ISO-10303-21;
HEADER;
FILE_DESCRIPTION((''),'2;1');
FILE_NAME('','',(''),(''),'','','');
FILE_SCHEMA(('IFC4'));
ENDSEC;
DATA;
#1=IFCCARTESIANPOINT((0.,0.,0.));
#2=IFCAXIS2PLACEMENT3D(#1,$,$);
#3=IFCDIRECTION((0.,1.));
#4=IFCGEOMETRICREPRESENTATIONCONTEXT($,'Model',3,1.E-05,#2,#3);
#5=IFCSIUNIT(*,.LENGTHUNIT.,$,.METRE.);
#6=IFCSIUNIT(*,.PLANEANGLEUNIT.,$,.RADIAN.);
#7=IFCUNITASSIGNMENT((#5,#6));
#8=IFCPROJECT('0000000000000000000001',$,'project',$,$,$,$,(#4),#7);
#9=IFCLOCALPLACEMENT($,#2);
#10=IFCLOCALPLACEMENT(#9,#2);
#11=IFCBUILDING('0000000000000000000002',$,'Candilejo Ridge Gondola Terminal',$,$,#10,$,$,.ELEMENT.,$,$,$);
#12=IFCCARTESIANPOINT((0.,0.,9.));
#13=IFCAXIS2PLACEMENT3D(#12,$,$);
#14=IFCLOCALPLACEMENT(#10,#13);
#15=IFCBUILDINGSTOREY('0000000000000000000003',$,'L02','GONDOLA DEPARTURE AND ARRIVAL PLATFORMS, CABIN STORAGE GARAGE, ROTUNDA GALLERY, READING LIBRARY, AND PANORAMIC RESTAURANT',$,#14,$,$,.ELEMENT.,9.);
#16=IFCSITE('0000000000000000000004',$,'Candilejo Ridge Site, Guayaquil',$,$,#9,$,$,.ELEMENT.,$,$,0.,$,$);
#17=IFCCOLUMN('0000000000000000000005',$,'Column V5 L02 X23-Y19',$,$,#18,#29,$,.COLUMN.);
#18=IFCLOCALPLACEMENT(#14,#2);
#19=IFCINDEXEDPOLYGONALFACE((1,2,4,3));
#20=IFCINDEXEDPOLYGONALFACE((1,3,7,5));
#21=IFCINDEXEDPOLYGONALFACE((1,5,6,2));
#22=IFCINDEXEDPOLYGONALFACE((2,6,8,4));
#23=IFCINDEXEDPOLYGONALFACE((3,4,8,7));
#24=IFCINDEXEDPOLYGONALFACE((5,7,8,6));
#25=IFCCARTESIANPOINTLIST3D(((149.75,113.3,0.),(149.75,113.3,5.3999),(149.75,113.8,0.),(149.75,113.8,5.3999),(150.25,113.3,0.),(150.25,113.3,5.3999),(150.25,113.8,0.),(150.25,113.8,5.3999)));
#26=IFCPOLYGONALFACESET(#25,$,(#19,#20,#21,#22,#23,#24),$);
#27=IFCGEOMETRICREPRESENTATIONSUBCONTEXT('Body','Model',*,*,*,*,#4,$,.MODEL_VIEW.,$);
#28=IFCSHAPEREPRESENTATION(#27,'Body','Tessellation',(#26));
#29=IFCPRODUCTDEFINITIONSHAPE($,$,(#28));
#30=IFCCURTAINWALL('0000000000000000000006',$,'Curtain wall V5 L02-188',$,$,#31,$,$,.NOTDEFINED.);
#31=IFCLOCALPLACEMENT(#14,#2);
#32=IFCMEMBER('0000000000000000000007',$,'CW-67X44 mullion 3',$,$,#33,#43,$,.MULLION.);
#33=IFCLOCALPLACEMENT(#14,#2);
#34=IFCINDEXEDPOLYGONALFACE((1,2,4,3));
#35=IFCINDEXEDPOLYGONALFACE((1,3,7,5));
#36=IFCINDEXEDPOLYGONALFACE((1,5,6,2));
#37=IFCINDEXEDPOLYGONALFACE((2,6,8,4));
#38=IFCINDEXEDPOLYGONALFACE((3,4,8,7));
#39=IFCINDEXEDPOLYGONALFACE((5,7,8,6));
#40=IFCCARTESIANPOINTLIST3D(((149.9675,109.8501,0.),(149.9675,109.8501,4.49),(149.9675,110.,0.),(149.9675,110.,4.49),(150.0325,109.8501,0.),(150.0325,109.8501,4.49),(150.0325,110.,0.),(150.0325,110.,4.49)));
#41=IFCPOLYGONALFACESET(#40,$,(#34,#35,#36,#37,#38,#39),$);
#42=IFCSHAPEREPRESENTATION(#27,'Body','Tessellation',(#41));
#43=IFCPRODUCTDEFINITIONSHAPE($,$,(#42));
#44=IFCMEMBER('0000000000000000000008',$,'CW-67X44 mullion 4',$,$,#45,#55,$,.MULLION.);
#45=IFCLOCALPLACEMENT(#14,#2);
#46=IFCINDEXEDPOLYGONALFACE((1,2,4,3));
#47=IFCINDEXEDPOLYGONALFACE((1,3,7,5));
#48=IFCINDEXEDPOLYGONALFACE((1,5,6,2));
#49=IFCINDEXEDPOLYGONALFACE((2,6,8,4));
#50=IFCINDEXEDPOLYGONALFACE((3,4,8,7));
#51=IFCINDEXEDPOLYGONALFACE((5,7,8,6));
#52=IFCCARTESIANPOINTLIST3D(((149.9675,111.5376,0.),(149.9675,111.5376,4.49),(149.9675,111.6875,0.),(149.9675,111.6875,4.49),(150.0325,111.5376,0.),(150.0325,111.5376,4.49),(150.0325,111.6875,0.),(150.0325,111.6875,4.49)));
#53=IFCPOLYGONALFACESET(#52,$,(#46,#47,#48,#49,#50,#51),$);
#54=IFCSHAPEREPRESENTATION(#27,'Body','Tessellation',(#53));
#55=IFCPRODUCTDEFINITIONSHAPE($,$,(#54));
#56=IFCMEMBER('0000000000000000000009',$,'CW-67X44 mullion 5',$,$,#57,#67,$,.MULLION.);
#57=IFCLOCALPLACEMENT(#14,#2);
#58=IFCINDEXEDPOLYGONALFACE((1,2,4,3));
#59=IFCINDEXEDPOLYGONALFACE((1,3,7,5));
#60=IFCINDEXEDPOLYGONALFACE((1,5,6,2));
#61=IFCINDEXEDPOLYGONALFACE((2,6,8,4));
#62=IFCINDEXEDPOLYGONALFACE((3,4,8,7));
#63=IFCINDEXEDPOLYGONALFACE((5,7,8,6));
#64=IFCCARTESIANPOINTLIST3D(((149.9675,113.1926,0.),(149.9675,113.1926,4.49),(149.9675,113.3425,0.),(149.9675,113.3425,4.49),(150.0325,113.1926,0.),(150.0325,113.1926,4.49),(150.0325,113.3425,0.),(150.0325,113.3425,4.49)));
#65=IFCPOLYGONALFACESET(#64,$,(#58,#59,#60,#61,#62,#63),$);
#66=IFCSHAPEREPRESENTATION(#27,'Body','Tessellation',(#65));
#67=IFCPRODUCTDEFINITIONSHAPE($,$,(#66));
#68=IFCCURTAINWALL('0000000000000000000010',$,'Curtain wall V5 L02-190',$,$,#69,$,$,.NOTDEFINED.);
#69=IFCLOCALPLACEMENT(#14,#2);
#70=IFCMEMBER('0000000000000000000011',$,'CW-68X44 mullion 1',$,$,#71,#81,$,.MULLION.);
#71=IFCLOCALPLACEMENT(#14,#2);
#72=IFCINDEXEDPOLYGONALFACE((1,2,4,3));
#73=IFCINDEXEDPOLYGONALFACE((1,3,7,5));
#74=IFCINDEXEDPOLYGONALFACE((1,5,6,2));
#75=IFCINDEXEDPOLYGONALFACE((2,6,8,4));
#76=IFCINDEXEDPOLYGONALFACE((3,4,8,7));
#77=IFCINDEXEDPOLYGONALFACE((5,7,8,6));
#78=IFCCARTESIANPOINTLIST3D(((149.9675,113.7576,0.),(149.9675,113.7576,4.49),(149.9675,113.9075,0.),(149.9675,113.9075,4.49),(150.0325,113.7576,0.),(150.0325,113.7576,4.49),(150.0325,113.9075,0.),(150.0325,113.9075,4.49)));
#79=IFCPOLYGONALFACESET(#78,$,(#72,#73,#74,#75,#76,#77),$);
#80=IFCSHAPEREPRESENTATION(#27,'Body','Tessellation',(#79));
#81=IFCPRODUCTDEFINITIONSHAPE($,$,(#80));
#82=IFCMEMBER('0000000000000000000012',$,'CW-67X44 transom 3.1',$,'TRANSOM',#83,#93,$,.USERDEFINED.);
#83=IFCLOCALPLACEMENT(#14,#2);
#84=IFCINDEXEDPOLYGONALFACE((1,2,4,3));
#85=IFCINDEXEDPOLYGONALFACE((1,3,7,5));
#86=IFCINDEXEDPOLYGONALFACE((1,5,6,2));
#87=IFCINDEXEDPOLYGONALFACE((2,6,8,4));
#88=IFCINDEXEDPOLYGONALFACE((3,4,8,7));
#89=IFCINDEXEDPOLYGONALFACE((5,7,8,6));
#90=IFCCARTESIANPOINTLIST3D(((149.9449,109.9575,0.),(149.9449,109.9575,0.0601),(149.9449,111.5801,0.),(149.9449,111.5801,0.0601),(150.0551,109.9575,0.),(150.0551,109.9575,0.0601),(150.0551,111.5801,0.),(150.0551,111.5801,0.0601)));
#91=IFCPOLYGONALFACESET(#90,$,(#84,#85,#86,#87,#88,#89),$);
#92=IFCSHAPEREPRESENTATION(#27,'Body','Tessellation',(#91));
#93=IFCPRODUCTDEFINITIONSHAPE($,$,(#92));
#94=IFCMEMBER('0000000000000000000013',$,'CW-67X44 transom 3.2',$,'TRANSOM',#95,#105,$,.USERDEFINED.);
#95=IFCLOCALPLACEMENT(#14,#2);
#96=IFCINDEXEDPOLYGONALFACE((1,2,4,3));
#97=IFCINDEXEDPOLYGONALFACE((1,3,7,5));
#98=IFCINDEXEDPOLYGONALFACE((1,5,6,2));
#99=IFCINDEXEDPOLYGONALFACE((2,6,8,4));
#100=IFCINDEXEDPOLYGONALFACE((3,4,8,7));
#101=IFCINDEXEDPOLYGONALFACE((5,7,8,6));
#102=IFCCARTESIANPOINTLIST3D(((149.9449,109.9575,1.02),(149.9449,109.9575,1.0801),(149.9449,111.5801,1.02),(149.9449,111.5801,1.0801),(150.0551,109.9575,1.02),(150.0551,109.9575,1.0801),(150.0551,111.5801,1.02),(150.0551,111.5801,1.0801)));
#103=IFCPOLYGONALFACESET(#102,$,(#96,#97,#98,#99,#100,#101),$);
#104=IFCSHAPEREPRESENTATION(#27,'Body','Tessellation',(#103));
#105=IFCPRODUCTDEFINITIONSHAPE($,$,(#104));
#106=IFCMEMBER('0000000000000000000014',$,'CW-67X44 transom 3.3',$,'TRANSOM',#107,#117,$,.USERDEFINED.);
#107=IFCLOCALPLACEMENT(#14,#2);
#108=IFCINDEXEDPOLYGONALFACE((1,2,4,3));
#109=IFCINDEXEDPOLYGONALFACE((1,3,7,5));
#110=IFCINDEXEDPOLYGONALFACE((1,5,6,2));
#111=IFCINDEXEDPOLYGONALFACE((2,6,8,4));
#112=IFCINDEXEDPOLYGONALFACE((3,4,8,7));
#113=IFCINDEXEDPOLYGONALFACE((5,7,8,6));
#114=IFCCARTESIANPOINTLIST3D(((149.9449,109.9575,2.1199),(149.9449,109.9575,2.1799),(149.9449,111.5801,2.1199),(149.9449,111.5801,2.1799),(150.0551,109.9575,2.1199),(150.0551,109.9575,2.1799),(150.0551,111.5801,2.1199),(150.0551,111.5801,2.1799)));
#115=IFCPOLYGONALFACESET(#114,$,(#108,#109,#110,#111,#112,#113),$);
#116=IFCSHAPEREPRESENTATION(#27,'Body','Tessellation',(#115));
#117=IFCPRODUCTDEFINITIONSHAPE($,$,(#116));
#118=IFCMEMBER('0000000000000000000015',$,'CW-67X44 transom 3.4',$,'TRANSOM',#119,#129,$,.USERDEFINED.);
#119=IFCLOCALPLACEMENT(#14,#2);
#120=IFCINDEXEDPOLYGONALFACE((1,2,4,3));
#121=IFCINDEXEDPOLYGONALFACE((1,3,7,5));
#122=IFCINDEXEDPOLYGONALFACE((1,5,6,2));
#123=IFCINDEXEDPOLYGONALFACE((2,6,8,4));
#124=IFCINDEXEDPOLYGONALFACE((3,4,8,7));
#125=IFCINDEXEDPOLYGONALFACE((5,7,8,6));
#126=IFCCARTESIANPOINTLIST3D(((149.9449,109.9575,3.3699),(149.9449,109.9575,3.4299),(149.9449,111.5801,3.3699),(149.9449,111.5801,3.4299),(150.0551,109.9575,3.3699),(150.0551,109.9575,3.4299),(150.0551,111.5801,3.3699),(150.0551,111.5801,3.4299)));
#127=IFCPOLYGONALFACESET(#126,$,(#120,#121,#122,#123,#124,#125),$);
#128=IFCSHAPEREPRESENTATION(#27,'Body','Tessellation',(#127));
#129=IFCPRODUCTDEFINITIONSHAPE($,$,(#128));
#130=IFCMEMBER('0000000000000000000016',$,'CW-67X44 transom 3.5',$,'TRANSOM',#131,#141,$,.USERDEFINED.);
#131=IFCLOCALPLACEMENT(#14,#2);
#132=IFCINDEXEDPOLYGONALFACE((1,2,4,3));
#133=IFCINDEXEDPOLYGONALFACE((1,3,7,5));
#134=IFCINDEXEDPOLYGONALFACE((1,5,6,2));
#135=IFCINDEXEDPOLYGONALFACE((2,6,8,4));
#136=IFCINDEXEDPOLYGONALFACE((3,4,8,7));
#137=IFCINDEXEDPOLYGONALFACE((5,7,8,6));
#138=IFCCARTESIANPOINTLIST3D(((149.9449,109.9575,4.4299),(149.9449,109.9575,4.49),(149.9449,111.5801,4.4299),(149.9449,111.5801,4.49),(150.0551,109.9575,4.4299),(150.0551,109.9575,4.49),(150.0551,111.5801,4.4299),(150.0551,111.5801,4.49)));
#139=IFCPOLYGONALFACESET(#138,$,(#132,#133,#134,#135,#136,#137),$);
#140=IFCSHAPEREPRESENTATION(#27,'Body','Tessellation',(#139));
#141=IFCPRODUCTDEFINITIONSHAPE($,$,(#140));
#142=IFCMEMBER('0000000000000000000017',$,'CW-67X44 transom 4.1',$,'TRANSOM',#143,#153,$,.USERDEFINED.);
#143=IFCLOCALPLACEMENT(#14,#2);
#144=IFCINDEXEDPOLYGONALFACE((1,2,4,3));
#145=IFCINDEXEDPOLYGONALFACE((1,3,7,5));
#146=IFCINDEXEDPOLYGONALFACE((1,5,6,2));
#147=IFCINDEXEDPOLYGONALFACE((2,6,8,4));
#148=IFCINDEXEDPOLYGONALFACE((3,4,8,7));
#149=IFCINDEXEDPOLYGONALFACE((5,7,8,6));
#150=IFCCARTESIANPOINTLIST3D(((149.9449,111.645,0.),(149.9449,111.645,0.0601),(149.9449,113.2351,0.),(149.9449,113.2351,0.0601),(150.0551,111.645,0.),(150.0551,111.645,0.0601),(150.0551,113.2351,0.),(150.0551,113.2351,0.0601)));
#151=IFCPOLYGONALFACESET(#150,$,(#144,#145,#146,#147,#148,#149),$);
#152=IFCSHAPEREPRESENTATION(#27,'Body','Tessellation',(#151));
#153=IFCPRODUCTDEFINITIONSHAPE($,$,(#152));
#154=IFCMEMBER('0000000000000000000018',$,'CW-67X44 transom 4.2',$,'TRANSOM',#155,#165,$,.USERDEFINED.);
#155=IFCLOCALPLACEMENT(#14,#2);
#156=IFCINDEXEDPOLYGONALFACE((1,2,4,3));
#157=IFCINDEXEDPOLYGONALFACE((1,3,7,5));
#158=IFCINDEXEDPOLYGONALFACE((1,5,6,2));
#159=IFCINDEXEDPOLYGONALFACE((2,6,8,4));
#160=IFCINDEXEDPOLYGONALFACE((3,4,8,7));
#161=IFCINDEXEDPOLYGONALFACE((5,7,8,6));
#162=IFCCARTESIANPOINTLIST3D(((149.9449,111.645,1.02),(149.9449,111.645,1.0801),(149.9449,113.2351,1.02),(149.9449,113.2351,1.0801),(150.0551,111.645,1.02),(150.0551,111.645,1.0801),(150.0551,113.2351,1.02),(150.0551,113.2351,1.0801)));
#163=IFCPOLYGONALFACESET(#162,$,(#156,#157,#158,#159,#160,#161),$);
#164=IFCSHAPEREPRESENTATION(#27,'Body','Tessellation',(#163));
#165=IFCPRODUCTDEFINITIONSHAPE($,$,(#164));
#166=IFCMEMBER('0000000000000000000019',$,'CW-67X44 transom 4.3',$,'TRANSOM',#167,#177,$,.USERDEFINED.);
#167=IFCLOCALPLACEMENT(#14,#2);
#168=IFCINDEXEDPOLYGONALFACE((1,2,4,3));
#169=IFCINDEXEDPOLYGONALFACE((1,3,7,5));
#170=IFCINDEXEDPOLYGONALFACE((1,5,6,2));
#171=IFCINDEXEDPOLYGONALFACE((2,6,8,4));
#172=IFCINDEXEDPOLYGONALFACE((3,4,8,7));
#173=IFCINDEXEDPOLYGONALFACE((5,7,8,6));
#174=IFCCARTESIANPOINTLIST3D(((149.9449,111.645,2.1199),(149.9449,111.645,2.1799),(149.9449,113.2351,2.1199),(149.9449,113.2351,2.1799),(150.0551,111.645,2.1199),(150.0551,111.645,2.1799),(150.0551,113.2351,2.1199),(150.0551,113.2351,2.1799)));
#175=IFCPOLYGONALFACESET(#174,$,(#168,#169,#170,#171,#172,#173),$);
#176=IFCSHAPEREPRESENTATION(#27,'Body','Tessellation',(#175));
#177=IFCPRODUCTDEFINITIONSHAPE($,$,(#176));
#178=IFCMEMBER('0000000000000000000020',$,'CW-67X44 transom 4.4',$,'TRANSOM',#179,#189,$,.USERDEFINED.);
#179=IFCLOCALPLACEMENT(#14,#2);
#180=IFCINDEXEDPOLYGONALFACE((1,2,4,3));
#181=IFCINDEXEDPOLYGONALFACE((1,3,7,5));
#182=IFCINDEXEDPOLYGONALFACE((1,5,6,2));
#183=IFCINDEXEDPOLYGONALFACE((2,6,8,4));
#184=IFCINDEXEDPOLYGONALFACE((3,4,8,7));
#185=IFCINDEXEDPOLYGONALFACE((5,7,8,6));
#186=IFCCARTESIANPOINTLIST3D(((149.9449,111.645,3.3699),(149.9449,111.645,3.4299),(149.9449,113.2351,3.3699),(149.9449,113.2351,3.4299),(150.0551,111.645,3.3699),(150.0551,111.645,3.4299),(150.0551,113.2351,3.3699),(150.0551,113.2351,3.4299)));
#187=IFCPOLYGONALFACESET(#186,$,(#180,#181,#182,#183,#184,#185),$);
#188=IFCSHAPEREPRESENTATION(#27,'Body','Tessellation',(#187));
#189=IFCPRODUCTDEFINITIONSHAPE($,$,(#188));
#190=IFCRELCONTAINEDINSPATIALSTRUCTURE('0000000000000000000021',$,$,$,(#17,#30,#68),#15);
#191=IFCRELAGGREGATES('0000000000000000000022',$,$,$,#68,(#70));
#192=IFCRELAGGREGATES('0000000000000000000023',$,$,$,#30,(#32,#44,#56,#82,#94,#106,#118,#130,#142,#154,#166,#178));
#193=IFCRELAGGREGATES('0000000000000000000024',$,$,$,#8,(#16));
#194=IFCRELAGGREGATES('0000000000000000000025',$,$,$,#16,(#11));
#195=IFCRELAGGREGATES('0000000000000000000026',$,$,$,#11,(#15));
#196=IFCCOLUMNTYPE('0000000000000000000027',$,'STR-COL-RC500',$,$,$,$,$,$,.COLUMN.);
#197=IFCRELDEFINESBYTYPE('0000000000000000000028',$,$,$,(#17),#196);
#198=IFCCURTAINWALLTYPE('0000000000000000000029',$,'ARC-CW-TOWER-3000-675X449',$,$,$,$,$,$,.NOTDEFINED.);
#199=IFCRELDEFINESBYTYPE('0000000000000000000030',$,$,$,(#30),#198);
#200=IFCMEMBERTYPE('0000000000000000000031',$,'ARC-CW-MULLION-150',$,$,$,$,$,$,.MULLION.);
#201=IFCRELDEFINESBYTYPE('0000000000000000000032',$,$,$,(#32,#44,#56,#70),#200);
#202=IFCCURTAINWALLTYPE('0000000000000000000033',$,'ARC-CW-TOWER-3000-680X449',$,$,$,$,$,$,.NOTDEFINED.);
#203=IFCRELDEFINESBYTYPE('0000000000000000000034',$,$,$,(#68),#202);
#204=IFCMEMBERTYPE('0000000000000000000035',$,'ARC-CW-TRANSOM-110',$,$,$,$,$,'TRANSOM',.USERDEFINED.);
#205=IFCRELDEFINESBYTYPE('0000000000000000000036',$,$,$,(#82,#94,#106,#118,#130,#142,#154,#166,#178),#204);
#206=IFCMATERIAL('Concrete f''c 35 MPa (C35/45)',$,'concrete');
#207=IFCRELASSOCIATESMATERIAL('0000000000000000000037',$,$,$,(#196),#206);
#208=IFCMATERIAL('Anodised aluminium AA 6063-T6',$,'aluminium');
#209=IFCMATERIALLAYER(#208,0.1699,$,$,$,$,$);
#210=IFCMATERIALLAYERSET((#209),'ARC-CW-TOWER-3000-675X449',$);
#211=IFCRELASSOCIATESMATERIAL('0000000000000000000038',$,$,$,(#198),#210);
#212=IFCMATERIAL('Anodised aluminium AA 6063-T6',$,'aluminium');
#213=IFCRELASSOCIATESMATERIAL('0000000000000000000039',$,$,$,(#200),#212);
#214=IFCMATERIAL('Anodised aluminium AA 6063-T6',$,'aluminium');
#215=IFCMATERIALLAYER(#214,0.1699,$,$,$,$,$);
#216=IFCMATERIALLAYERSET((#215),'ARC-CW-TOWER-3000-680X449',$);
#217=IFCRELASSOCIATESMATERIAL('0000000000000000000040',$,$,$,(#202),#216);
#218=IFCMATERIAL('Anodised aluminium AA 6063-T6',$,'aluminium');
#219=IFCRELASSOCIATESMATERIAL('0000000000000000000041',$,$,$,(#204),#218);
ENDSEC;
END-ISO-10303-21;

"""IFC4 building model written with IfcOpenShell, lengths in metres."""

from ifc_helpers import new_model, si_unit, direction, frame, origin, origin_2d, place, context, subcontext, project, spatial, rectangle, extrude, material, layer, layer_set, material_profile, profile_set, type_object, element, aggregate, save


model = new_model("IFC4")

# Units and contexts
model_context = context("Model", 3, precision=1e-05, world=origin(), true_north=direction((0.0, 1.0)))
body_context = subcontext(model_context, "Body", "Model", "MODEL_VIEW")
ifc_project = project(units=[si_unit("LENGTHUNIT", "METRE"), si_unit("PLANEANGLEUNIT", "RADIAN")], contexts=[model_context])

# Site, building, storey
site_placement = place(None, origin())
site = spatial("IfcSite", under=ifc_project, at=site_placement, Name="Candilejo Ridge Site, Guayaquil", CompositionType="ELEMENT", RefElevation=0.0)
building_placement = place(site_placement, origin())
building = spatial("IfcBuilding", under=site, at=building_placement, Name="Candilejo Ridge Gondola Terminal", CompositionType="ELEMENT")
storey_placement = place(building_placement, frame((0.0, 0.0, 9.0)))
storey = spatial("IfcBuildingStorey", under=building, at=storey_placement, Name="L02", Description="GONDOLA DEPARTURE AND ARRIVAL PLATFORMS, CABIN STORAGE GARAGE, ROTUNDA GALLERY, READING LIBRARY, AND PANORAMIC RESTAURANT", CompositionType="ELEMENT", Elevation=9.0)

# Column
ifc_material_1 = material(Name="Concrete f'c 35 MPa (C35/45)", Category="concrete")
ifc_material_profile_1 = material_profile(ifc_material_1, rectangle(XDim=0.5, YDim=0.5, at=origin_2d()))
ifc_profile_set_1 = profile_set([ifc_material_profile_1], Name="Concrete f'c 35 MPa (C35/45)")
column_type = type_object("IfcColumnType", Name="STR-COL-RC500", PredefinedType="COLUMN", material=ifc_profile_set_1)
column_placement = place(storey_placement, frame((150.0, 113.55, 0.0), z_axis=(0.0, 0.0, 1.0), x_axis=(1.0, 0.0, 0.0)))
element("IfcColumn", 1, at=column_placement, inside=storey, type_object=column_type, Name="Column V5 L02 X23-Y19", PredefinedType="COLUMN", context=body_context, shape_type="SweptSolid", body=[
    extrude(rectangle(XDim=0.5, YDim=0.5, at=origin_2d()), origin(), (0.0, 0.0, 1.0), 5.3999),
])

# Curtain wall, members
ifc_material_2 = material(Name="Anodised aluminium AA 6063-T6", Category="aluminium")
ifc_layer_1 = layer(ifc_material_2, 0.1699)
ifc_layer_set_1 = layer_set([ifc_layer_1], Name="ARC-CW-TOWER-3000-675X449")
curtain_wall_type_1 = type_object("IfcCurtainWallType", Name="ARC-CW-TOWER-3000-675X449", PredefinedType="NOTDEFINED", material=ifc_layer_set_1)
curtain_wall_1_placement = place(storey_placement, origin())
curtain_wall_1 = element("IfcCurtainWall", 2, at=curtain_wall_1_placement, inside=storey, type_object=curtain_wall_type_1, Name="Curtain wall V5 L02-188", PredefinedType="NOTDEFINED")
ifc_material_3 = material(Name="Anodised aluminium AA 6063-T6", Category="aluminium")
ifc_material_profile_2 = material_profile(ifc_material_3, rectangle(XDim=0.0649, YDim=0.1499, at=origin_2d()))
ifc_profile_set_2 = profile_set([ifc_material_profile_2], Name="Anodised aluminium AA 6063-T6")
member_type_1 = type_object("IfcMemberType", Name="ARC-CW-MULLION-150", PredefinedType="MULLION", material=ifc_profile_set_2)
member_1_placement = place(storey_placement, frame((150.0, 109.925, 0.0), z_axis=(0.0, 0.0, 1.0), x_axis=(-1.0, 0.0, 0.0)))
member_1 = element("IfcMember", 3, at=member_1_placement, type_object=member_type_1, Name="CW-67X44 mullion 3", PredefinedType="MULLION", context=body_context, shape_type="SweptSolid", body=[
    extrude(rectangle(XDim=0.0649, YDim=0.1499, at=origin_2d()), origin(), (0.0, 0.0, 1.0), 4.49),
])
member_2_placement = place(storey_placement, frame((150.0, 111.6125, 0.0), z_axis=(0.0, 0.0, 1.0), x_axis=(-1.0, 0.0, 0.0)))
member_2 = element("IfcMember", 4, at=member_2_placement, type_object=member_type_1, Name="CW-67X44 mullion 4", PredefinedType="MULLION", context=body_context, shape_type="SweptSolid", body=[
    extrude(rectangle(XDim=0.0649, YDim=0.1499, at=origin_2d()), origin(), (0.0, 0.0, 1.0), 4.49),
])
member_3_placement = place(storey_placement, frame((150.0, 113.2676, 0.0), z_axis=(0.0, 0.0, 1.0), x_axis=(-1.0, 0.0, 0.0)))
member_3 = element("IfcMember", 5, at=member_3_placement, type_object=member_type_1, Name="CW-67X44 mullion 5", PredefinedType="MULLION", context=body_context, shape_type="SweptSolid", body=[
    extrude(rectangle(XDim=0.0649, YDim=0.1499, at=origin_2d()), origin(), (0.0, 0.0, 1.0), 4.49),
])

# Curtain wall, member
ifc_material_4 = material(Name="Anodised aluminium AA 6063-T6", Category="aluminium")
ifc_layer_2 = layer(ifc_material_4, 0.1699)
ifc_layer_set_2 = layer_set([ifc_layer_2], Name="ARC-CW-TOWER-3000-680X449")
curtain_wall_type_2 = type_object("IfcCurtainWallType", Name="ARC-CW-TOWER-3000-680X449", PredefinedType="NOTDEFINED", material=ifc_layer_set_2)
curtain_wall_2_placement = place(storey_placement, origin())
curtain_wall_2 = element("IfcCurtainWall", 6, at=curtain_wall_2_placement, inside=storey, type_object=curtain_wall_type_2, Name="Curtain wall V5 L02-190", PredefinedType="NOTDEFINED")
member_4_placement = place(storey_placement, frame((150.0, 113.8325, 0.0), z_axis=(0.0, 0.0, 1.0), x_axis=(-1.0, 0.0, 0.0)))
member_4 = element("IfcMember", 7, at=member_4_placement, type_object=member_type_1, Name="CW-68X44 mullion 1", PredefinedType="MULLION", context=body_context, shape_type="SweptSolid", body=[
    extrude(rectangle(XDim=0.0649, YDim=0.1499, at=origin_2d()), origin(), (0.0, 0.0, 1.0), 4.49),
])

# Members
ifc_material_5 = material(Name="Anodised aluminium AA 6063-T6", Category="aluminium")
ifc_material_profile_3 = material_profile(ifc_material_5, rectangle(XDim=0.1101, YDim=0.0601, at=origin_2d()))
ifc_profile_set_3 = profile_set([ifc_material_profile_3], Name="Anodised aluminium AA 6063-T6")
member_type_2 = type_object("IfcMemberType", Name="ARC-CW-TRANSOM-110", ElementType="TRANSOM", PredefinedType="USERDEFINED", material=ifc_profile_set_3)
member_5_placement = place(storey_placement, frame((150.0, 109.9575, 0.03), z_axis=(0.0, 1.0, 0.0), x_axis=(-1.0, 0.0, 0.0)))
member_5 = element("IfcMember", 8, at=member_5_placement, type_object=member_type_2, Name="CW-67X44 transom 3.1", ObjectType="TRANSOM", PredefinedType="USERDEFINED", context=body_context, shape_type="SweptSolid", body=[
    extrude(rectangle(XDim=0.1101, YDim=0.0601, at=origin_2d()), origin(), (0.0, 0.0, 1.0), 1.6226),
])
member_6_placement = place(storey_placement, frame((150.0, 109.9575, 1.05), z_axis=(0.0, 1.0, 0.0), x_axis=(-1.0, 0.0, 0.0)))
member_6 = element("IfcMember", 9, at=member_6_placement, type_object=member_type_2, Name="CW-67X44 transom 3.2", ObjectType="TRANSOM", PredefinedType="USERDEFINED", context=body_context, shape_type="SweptSolid", body=[
    extrude(rectangle(XDim=0.1101, YDim=0.0601, at=origin_2d()), origin(), (0.0, 0.0, 1.0), 1.6226),
])
member_7_placement = place(storey_placement, frame((150.0, 109.9575, 2.1499), z_axis=(0.0, 1.0, 0.0), x_axis=(-1.0, 0.0, 0.0)))
member_7 = element("IfcMember", 10, at=member_7_placement, type_object=member_type_2, Name="CW-67X44 transom 3.3", ObjectType="TRANSOM", PredefinedType="USERDEFINED", context=body_context, shape_type="SweptSolid", body=[
    extrude(rectangle(XDim=0.1101, YDim=0.0601, at=origin_2d()), origin(), (0.0, 0.0, 1.0), 1.6226),
])
member_8_placement = place(storey_placement, frame((150.0, 109.9575, 3.3999), z_axis=(0.0, 1.0, 0.0), x_axis=(-1.0, 0.0, 0.0)))
member_8 = element("IfcMember", 11, at=member_8_placement, type_object=member_type_2, Name="CW-67X44 transom 3.4", ObjectType="TRANSOM", PredefinedType="USERDEFINED", context=body_context, shape_type="SweptSolid", body=[
    extrude(rectangle(XDim=0.1101, YDim=0.0601, at=origin_2d()), origin(), (0.0, 0.0, 1.0), 1.6226),
])
member_9_placement = place(storey_placement, frame((150.0, 109.9575, 4.46), z_axis=(0.0, 1.0, 0.0), x_axis=(-1.0, 0.0, 0.0)))
member_9 = element("IfcMember", 12, at=member_9_placement, type_object=member_type_2, Name="CW-67X44 transom 3.5", ObjectType="TRANSOM", PredefinedType="USERDEFINED", context=body_context, shape_type="SweptSolid", body=[
    extrude(rectangle(XDim=0.1101, YDim=0.0601, at=origin_2d()), origin(), (0.0, 0.0, 1.0), 1.6226),
])
member_10_placement = place(storey_placement, frame((150.0, 111.645, 0.03), z_axis=(0.0, 1.0, 0.0), x_axis=(-1.0, 0.0, 0.0)))
member_10 = element("IfcMember", 13, at=member_10_placement, type_object=member_type_2, Name="CW-67X44 transom 4.1", ObjectType="TRANSOM", PredefinedType="USERDEFINED", context=body_context, shape_type="SweptSolid", body=[
    extrude(rectangle(XDim=0.1101, YDim=0.0601, at=origin_2d()), origin(), (0.0, 0.0, 1.0), 1.5901),
])
member_11_placement = place(storey_placement, frame((150.0, 111.645, 1.05), z_axis=(0.0, 1.0, 0.0), x_axis=(-1.0, 0.0, 0.0)))
member_11 = element("IfcMember", 14, at=member_11_placement, type_object=member_type_2, Name="CW-67X44 transom 4.2", ObjectType="TRANSOM", PredefinedType="USERDEFINED", context=body_context, shape_type="SweptSolid", body=[
    extrude(rectangle(XDim=0.1101, YDim=0.0601, at=origin_2d()), origin(), (0.0, 0.0, 1.0), 1.5901),
])
member_12_placement = place(storey_placement, frame((150.0, 111.645, 2.1499), z_axis=(0.0, 1.0, 0.0), x_axis=(-1.0, 0.0, 0.0)))
member_12 = element("IfcMember", 15, at=member_12_placement, type_object=member_type_2, Name="CW-67X44 transom 4.3", ObjectType="TRANSOM", PredefinedType="USERDEFINED", context=body_context, shape_type="SweptSolid", body=[
    extrude(rectangle(XDim=0.1101, YDim=0.0601, at=origin_2d()), origin(), (0.0, 0.0, 1.0), 1.5901),
])
member_13_placement = place(storey_placement, frame((150.0, 111.645, 3.3999), z_axis=(0.0, 1.0, 0.0), x_axis=(-1.0, 0.0, 0.0)))
member_13 = element("IfcMember", 16, at=member_13_placement, type_object=member_type_2, Name="CW-67X44 transom 4.4", ObjectType="TRANSOM", PredefinedType="USERDEFINED", context=body_context, shape_type="SweptSolid", body=[
    extrude(rectangle(XDim=0.1101, YDim=0.0601, at=origin_2d()), origin(), (0.0, 0.0, 1.0), 1.5901),
])
aggregate(curtain_wall_2, [member_4])

aggregate(curtain_wall_1, [member_1, member_2, member_3, member_5, member_6, member_7, member_8, member_9, member_10, member_11, member_12, member_13])

save(model, "model.ifc")
